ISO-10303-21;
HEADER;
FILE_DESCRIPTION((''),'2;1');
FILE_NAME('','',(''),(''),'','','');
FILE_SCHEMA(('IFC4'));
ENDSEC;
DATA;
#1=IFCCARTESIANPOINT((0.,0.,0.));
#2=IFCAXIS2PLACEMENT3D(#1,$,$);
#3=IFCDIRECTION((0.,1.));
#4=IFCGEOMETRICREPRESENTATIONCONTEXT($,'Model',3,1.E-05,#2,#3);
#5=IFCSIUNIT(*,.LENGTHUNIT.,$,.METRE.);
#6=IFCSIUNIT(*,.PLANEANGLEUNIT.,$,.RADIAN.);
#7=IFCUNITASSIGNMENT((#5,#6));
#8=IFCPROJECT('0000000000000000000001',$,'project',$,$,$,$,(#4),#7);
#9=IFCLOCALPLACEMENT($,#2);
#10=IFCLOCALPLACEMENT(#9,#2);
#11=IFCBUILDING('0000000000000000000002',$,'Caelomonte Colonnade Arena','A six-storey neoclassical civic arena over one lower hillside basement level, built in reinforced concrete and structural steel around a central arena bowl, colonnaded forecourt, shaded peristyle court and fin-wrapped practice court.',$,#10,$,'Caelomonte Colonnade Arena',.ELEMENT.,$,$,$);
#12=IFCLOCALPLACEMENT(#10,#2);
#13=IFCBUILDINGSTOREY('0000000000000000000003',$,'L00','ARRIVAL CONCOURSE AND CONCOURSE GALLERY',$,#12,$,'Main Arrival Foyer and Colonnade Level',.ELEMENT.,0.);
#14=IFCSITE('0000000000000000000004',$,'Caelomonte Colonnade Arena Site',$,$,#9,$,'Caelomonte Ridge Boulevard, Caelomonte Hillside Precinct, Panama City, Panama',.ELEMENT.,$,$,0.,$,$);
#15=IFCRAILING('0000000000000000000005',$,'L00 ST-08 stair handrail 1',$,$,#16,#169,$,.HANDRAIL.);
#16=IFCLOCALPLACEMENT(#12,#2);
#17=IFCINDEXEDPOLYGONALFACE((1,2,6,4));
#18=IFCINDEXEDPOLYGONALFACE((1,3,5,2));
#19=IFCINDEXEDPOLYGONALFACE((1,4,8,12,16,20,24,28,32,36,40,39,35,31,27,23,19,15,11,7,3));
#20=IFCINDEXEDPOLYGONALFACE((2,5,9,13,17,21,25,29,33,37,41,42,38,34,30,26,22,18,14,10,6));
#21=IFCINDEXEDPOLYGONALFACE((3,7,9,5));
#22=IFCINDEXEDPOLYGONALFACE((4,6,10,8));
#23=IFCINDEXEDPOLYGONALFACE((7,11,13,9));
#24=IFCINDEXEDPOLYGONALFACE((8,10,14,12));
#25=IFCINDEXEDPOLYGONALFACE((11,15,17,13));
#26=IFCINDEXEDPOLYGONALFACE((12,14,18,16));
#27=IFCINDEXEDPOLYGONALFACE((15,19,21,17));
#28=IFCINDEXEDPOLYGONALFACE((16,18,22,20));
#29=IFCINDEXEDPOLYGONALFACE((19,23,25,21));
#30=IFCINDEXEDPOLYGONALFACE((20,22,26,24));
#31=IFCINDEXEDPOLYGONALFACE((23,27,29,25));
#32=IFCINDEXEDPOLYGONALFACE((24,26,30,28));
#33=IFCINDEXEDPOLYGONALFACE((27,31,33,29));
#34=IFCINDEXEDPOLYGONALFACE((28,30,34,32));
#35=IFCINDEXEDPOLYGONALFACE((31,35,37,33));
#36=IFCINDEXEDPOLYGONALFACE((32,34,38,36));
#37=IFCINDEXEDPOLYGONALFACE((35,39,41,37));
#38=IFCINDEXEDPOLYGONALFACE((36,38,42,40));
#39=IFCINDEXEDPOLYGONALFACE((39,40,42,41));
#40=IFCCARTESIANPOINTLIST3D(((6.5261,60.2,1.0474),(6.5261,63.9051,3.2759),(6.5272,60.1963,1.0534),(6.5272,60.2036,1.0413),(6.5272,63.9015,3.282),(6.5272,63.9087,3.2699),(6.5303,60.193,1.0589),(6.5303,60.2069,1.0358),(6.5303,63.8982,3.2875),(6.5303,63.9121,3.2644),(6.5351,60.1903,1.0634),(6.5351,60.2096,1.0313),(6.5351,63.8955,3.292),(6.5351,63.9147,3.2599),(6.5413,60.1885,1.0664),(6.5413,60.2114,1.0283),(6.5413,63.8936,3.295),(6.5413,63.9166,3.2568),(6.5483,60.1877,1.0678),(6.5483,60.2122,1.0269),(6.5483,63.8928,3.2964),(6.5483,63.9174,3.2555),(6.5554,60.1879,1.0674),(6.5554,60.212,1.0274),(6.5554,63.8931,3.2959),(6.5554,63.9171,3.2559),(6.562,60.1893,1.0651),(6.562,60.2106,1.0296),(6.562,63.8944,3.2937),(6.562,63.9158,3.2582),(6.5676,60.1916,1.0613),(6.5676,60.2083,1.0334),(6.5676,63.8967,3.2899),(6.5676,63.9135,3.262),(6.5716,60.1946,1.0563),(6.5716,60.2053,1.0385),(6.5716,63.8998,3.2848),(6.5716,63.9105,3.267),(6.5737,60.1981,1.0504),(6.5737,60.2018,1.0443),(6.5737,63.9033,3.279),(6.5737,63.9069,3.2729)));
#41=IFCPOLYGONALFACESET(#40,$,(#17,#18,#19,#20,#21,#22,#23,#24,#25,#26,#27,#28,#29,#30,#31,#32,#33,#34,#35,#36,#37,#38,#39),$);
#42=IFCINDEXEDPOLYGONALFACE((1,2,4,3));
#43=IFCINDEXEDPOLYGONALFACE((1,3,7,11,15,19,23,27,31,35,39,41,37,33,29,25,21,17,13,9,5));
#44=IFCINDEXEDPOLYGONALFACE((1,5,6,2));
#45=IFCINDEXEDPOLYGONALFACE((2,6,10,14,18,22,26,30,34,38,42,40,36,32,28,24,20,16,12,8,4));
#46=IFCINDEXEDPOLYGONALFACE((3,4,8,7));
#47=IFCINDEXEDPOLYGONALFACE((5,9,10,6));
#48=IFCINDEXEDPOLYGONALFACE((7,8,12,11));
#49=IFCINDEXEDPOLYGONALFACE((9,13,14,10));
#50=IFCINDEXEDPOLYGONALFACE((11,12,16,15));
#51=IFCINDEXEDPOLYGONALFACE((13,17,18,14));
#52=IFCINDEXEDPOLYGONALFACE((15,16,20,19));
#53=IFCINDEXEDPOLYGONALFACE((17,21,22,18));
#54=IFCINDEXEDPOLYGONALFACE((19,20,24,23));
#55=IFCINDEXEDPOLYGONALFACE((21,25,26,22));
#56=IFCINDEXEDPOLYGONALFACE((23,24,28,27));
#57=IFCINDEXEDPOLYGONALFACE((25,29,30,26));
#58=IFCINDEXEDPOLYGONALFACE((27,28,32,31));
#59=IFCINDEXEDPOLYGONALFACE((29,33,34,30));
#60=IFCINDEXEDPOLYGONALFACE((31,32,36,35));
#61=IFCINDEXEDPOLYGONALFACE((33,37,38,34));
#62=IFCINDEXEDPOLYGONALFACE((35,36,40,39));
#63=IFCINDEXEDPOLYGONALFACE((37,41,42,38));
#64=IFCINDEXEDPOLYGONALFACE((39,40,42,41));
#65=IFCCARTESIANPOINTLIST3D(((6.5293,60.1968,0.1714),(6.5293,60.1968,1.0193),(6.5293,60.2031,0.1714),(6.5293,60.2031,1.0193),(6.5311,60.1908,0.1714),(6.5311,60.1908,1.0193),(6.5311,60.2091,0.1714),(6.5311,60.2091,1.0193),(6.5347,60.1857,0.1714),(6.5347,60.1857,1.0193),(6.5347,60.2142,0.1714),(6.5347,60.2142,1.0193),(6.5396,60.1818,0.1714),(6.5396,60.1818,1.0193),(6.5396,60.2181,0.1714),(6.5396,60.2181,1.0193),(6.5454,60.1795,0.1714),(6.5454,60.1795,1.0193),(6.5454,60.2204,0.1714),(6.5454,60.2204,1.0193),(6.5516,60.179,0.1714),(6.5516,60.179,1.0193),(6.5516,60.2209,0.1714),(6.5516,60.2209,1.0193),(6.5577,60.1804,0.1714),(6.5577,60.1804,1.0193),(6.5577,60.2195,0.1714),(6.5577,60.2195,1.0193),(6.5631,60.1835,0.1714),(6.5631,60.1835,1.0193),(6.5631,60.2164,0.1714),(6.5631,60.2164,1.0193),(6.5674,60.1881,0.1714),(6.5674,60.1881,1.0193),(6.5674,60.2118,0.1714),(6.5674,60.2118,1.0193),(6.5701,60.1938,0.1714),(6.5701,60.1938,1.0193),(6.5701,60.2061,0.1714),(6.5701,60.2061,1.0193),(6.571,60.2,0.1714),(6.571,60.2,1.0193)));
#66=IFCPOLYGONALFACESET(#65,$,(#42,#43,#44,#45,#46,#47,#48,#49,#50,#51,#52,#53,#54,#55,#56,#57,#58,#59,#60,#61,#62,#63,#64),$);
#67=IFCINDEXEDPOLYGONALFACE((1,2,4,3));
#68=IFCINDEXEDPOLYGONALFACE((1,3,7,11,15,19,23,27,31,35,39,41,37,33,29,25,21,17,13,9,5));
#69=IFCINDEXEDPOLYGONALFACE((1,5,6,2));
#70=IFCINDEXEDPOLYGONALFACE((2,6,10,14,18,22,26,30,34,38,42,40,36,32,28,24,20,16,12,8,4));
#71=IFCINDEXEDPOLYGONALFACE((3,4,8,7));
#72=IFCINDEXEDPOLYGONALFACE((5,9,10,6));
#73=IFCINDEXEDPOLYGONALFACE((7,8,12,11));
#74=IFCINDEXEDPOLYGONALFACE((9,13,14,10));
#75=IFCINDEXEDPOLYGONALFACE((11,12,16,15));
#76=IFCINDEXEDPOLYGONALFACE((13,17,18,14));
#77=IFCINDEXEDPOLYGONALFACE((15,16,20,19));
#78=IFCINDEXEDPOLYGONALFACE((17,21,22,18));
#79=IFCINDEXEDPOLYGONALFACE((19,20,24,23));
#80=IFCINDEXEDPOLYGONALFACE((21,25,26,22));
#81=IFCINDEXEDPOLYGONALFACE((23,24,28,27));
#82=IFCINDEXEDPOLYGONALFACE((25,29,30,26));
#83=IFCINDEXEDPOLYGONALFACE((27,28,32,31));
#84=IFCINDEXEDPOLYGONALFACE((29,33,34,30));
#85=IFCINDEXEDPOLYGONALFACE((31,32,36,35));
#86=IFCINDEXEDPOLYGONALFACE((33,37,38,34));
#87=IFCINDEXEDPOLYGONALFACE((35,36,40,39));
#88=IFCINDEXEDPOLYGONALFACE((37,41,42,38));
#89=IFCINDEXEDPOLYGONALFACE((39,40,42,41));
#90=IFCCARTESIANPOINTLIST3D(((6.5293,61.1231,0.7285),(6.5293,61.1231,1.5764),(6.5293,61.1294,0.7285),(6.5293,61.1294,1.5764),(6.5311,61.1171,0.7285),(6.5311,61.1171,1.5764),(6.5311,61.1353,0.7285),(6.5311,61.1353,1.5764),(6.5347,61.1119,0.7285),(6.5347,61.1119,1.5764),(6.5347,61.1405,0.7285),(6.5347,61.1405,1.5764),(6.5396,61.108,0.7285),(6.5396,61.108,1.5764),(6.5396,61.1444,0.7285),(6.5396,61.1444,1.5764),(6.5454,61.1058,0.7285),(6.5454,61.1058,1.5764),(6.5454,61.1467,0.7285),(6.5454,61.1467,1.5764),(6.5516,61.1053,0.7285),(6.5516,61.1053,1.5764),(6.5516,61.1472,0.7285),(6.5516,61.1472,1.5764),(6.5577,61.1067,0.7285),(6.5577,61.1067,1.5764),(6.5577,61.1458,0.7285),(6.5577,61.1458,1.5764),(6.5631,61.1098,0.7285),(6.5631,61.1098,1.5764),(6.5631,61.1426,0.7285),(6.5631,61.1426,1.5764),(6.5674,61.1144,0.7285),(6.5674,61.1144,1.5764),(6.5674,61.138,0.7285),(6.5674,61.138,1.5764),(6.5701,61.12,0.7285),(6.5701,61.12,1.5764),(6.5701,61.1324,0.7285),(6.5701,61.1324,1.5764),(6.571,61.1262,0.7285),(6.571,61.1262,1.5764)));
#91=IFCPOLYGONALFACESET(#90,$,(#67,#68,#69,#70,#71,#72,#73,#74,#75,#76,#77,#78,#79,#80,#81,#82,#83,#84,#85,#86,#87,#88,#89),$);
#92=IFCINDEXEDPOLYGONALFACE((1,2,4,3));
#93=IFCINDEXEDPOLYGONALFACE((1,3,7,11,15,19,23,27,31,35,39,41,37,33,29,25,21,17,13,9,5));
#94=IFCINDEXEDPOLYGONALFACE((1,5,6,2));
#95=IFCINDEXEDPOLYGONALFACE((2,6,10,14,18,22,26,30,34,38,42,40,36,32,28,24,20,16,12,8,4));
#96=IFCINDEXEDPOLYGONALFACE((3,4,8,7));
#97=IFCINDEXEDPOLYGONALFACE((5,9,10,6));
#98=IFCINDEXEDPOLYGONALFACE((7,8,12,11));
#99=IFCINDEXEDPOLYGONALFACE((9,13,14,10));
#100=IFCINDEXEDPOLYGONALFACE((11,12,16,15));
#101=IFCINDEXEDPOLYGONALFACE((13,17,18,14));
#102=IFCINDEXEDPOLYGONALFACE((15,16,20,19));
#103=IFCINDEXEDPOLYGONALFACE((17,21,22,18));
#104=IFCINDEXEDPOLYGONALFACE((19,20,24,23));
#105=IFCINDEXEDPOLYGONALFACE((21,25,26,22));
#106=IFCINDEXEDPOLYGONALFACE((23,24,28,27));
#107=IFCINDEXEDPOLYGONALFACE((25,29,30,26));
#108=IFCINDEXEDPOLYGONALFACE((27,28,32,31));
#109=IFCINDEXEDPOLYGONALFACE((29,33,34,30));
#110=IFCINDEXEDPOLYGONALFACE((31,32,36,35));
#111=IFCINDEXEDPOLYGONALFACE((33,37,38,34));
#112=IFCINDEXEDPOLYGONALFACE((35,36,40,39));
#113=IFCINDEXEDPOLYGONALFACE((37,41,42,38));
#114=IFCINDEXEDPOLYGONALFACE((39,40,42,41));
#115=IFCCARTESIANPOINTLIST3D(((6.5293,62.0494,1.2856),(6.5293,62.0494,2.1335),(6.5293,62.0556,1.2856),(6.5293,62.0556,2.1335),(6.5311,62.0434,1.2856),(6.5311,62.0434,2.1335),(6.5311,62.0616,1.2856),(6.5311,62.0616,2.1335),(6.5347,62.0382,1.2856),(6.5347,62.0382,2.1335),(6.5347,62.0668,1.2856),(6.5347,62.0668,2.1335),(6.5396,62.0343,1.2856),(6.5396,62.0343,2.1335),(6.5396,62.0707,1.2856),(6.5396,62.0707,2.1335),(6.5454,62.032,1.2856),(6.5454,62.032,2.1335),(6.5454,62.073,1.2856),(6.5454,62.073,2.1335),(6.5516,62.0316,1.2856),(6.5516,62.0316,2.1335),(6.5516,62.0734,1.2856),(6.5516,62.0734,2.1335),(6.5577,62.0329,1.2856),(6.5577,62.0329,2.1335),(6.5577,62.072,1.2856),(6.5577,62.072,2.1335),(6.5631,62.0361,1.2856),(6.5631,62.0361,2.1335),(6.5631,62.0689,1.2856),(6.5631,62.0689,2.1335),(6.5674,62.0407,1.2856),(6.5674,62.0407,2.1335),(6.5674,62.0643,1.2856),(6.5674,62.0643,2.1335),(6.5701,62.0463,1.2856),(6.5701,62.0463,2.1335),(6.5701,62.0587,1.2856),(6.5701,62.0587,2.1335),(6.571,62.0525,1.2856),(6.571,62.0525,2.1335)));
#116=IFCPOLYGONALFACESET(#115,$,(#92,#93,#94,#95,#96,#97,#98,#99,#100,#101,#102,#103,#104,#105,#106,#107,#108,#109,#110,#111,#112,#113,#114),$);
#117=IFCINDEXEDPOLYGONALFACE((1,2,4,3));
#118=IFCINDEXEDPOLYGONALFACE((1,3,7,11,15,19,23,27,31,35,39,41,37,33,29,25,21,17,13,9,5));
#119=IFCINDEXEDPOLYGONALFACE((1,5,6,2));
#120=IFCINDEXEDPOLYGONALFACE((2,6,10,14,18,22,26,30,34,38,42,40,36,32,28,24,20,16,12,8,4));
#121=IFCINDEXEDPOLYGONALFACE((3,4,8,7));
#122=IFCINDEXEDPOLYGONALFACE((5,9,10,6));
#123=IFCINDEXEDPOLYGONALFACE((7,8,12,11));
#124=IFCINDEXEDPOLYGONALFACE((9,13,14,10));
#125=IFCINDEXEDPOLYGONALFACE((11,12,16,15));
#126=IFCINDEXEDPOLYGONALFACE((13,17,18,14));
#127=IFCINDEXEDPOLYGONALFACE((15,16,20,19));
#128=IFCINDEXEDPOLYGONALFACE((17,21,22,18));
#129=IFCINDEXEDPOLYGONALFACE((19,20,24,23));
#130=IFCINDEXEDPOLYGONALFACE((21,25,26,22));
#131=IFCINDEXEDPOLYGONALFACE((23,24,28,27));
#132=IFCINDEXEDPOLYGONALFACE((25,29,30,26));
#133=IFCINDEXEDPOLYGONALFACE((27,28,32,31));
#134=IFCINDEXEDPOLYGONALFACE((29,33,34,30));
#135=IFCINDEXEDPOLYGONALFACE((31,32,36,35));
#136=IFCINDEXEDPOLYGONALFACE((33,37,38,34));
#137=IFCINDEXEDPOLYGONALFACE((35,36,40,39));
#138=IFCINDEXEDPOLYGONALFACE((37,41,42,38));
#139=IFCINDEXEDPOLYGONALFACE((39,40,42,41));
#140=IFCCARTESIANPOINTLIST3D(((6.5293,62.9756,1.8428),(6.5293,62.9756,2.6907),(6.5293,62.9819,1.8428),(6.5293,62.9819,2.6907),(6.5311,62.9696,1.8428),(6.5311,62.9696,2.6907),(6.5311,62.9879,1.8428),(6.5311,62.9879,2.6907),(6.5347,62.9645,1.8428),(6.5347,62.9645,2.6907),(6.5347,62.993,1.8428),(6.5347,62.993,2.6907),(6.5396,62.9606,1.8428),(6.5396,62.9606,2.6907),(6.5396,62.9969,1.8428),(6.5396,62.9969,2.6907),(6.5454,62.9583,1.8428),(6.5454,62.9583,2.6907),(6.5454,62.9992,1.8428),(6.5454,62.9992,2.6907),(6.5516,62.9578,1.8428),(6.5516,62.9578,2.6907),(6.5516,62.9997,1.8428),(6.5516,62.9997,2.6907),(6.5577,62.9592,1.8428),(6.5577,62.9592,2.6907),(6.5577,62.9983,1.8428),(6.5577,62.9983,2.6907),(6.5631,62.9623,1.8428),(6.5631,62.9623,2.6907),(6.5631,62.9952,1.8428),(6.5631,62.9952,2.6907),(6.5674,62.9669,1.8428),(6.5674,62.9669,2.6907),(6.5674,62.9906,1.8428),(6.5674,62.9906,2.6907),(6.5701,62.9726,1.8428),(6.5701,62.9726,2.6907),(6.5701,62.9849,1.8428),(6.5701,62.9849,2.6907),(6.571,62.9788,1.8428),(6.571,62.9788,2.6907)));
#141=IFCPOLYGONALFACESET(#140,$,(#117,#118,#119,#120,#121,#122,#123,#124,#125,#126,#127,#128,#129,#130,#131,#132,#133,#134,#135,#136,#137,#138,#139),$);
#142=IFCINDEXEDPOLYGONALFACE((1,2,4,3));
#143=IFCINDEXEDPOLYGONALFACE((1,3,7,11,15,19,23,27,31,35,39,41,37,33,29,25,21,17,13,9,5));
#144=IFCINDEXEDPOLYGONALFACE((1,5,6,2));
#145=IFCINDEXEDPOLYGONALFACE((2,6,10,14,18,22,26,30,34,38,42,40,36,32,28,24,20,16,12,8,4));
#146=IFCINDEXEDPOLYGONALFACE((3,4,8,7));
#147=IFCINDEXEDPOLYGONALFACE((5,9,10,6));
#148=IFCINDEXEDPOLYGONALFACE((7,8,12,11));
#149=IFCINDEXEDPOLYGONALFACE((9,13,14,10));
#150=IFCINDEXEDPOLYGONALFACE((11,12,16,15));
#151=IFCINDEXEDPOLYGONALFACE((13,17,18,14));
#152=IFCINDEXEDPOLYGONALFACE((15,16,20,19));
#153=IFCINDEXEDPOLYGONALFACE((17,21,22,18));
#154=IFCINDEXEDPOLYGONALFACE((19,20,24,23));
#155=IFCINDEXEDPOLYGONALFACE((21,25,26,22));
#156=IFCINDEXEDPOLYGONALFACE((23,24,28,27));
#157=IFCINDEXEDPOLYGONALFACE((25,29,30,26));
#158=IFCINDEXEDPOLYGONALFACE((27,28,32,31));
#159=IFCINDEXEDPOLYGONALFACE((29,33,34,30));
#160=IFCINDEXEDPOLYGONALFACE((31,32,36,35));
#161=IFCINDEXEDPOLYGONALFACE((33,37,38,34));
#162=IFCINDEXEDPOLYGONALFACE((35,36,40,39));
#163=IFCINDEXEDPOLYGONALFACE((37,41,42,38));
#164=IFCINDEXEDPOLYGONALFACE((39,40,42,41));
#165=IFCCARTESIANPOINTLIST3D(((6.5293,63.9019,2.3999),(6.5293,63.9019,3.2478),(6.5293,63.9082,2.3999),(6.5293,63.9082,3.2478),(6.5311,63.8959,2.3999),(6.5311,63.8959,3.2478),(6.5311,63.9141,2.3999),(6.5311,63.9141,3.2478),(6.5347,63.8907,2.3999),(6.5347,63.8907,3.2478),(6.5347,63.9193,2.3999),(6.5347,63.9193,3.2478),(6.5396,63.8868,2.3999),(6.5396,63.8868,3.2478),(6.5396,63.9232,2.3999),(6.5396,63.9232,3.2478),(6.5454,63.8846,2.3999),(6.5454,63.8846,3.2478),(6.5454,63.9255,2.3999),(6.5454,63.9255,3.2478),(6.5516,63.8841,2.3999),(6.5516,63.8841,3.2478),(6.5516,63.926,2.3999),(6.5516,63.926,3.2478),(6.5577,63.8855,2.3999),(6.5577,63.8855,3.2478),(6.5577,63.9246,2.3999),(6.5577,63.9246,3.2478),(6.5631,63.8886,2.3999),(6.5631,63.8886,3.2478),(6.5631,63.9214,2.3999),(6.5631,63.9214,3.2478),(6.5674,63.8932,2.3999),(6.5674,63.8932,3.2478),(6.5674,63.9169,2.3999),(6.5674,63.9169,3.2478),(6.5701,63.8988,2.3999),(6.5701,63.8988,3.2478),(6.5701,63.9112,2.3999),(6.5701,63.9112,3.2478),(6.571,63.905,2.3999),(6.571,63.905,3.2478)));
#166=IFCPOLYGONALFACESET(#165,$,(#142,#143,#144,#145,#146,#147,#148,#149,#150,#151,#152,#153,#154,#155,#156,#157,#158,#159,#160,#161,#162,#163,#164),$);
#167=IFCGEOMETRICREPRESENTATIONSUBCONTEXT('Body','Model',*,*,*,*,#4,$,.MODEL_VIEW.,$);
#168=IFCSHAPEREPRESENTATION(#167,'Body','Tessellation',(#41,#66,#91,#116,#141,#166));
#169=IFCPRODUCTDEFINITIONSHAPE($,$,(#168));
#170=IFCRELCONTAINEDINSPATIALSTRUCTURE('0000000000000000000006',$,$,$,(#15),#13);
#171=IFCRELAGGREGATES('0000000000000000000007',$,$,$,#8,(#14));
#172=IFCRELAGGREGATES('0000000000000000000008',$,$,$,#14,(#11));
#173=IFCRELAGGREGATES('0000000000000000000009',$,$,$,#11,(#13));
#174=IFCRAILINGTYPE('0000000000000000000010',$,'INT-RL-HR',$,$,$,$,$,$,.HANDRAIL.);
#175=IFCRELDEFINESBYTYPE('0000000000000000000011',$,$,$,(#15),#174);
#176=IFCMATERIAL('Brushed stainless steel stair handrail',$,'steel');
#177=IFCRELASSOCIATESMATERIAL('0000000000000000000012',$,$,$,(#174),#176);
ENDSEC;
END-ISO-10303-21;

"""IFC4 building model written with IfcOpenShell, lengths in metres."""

from ifc_helpers import new_model, si_unit, direction, frame, origin, origin_2d, place, context, subcontext, project, spatial, circle, extrude, material, type_object, element, save


model = new_model("IFC4")

# Units and contexts
model_context = context("Model", 3, precision=1e-05, world=origin(), true_north=direction((0.0, 1.0)))
body_context = subcontext(model_context, "Body", "Model", "MODEL_VIEW")
ifc_project = project(units=[si_unit("LENGTHUNIT", "METRE"), si_unit("PLANEANGLEUNIT", "RADIAN")], contexts=[model_context])

# Site, building, storey
site_placement = place(None, origin())
site = spatial("IfcSite", under=ifc_project, at=site_placement, Name="Caelomonte Colonnade Arena Site", LongName="Caelomonte Ridge Boulevard, Caelomonte Hillside Precinct, Panama City, Panama", CompositionType="ELEMENT", RefElevation=0.0)
building_placement = place(site_placement, origin())
building = spatial("IfcBuilding", under=site, at=building_placement, Name="Caelomonte Colonnade Arena", Description="A six-storey neoclassical civic arena over one lower hillside basement level, built in reinforced concrete and structural steel around a central arena bowl, colonnaded forecourt, shaded peristyle court and fin-wrapped practice court.", LongName="Caelomonte Colonnade Arena", CompositionType="ELEMENT")
storey_placement = place(building_placement, origin())
storey = spatial("IfcBuildingStorey", under=building, at=storey_placement, Name="L00", Description="ARRIVAL CONCOURSE AND CONCOURSE GALLERY", LongName="Main Arrival Foyer and Colonnade Level", CompositionType="ELEMENT", Elevation=0.0)

# Railing
ifc_material_1 = material(Name="Brushed stainless steel stair handrail", Category="steel")
railing_type_1 = type_object("IfcRailingType", Name="INT-RL-HR", PredefinedType="HANDRAIL", material=ifc_material_1)
railing_1_placement = place(storey_placement, frame((6.55, 60.2, 0.1714)))
element("IfcRailing", 1, at=railing_1_placement, inside=storey, type_object=railing_type_1, Name="L00 ST-08 stair handrail 1", PredefinedType="HANDRAIL", context=body_context, shape_type="SweptSolid", body=[
    extrude(circle(Radius=0.0239, at=origin_2d()), frame((0.0, 0.0, 0.876), z_axis=(0.0, 0.856934, 0.515425), x_axis=(-1.0, 0.0, 0.0)), (0.0, 0.0, 1.0), 4.3237),
    extrude(circle(Radius=0.021, at=origin_2d()), origin(), (0.0, 0.0, 1.0), 0.8479),
    extrude(circle(Radius=0.021, at=origin_2d()), frame((0.0, 0.9263, 0.5571)), (0.0, 0.0, 1.0), 0.8479),
    extrude(circle(Radius=0.021, at=origin_2d()), frame((0.0, 1.8525, 1.1143)), (0.0, 0.0, 1.0), 0.8479),
    extrude(circle(Radius=0.021, at=origin_2d()), frame((0.0, 2.7788, 1.6714)), (0.0, 0.0, 1.0), 0.8479),
    extrude(circle(Radius=0.021, at=origin_2d()), frame((0.0, 3.7051, 2.2285)), (0.0, 0.0, 1.0), 0.8479),
])

save(model, "model.ifc")
